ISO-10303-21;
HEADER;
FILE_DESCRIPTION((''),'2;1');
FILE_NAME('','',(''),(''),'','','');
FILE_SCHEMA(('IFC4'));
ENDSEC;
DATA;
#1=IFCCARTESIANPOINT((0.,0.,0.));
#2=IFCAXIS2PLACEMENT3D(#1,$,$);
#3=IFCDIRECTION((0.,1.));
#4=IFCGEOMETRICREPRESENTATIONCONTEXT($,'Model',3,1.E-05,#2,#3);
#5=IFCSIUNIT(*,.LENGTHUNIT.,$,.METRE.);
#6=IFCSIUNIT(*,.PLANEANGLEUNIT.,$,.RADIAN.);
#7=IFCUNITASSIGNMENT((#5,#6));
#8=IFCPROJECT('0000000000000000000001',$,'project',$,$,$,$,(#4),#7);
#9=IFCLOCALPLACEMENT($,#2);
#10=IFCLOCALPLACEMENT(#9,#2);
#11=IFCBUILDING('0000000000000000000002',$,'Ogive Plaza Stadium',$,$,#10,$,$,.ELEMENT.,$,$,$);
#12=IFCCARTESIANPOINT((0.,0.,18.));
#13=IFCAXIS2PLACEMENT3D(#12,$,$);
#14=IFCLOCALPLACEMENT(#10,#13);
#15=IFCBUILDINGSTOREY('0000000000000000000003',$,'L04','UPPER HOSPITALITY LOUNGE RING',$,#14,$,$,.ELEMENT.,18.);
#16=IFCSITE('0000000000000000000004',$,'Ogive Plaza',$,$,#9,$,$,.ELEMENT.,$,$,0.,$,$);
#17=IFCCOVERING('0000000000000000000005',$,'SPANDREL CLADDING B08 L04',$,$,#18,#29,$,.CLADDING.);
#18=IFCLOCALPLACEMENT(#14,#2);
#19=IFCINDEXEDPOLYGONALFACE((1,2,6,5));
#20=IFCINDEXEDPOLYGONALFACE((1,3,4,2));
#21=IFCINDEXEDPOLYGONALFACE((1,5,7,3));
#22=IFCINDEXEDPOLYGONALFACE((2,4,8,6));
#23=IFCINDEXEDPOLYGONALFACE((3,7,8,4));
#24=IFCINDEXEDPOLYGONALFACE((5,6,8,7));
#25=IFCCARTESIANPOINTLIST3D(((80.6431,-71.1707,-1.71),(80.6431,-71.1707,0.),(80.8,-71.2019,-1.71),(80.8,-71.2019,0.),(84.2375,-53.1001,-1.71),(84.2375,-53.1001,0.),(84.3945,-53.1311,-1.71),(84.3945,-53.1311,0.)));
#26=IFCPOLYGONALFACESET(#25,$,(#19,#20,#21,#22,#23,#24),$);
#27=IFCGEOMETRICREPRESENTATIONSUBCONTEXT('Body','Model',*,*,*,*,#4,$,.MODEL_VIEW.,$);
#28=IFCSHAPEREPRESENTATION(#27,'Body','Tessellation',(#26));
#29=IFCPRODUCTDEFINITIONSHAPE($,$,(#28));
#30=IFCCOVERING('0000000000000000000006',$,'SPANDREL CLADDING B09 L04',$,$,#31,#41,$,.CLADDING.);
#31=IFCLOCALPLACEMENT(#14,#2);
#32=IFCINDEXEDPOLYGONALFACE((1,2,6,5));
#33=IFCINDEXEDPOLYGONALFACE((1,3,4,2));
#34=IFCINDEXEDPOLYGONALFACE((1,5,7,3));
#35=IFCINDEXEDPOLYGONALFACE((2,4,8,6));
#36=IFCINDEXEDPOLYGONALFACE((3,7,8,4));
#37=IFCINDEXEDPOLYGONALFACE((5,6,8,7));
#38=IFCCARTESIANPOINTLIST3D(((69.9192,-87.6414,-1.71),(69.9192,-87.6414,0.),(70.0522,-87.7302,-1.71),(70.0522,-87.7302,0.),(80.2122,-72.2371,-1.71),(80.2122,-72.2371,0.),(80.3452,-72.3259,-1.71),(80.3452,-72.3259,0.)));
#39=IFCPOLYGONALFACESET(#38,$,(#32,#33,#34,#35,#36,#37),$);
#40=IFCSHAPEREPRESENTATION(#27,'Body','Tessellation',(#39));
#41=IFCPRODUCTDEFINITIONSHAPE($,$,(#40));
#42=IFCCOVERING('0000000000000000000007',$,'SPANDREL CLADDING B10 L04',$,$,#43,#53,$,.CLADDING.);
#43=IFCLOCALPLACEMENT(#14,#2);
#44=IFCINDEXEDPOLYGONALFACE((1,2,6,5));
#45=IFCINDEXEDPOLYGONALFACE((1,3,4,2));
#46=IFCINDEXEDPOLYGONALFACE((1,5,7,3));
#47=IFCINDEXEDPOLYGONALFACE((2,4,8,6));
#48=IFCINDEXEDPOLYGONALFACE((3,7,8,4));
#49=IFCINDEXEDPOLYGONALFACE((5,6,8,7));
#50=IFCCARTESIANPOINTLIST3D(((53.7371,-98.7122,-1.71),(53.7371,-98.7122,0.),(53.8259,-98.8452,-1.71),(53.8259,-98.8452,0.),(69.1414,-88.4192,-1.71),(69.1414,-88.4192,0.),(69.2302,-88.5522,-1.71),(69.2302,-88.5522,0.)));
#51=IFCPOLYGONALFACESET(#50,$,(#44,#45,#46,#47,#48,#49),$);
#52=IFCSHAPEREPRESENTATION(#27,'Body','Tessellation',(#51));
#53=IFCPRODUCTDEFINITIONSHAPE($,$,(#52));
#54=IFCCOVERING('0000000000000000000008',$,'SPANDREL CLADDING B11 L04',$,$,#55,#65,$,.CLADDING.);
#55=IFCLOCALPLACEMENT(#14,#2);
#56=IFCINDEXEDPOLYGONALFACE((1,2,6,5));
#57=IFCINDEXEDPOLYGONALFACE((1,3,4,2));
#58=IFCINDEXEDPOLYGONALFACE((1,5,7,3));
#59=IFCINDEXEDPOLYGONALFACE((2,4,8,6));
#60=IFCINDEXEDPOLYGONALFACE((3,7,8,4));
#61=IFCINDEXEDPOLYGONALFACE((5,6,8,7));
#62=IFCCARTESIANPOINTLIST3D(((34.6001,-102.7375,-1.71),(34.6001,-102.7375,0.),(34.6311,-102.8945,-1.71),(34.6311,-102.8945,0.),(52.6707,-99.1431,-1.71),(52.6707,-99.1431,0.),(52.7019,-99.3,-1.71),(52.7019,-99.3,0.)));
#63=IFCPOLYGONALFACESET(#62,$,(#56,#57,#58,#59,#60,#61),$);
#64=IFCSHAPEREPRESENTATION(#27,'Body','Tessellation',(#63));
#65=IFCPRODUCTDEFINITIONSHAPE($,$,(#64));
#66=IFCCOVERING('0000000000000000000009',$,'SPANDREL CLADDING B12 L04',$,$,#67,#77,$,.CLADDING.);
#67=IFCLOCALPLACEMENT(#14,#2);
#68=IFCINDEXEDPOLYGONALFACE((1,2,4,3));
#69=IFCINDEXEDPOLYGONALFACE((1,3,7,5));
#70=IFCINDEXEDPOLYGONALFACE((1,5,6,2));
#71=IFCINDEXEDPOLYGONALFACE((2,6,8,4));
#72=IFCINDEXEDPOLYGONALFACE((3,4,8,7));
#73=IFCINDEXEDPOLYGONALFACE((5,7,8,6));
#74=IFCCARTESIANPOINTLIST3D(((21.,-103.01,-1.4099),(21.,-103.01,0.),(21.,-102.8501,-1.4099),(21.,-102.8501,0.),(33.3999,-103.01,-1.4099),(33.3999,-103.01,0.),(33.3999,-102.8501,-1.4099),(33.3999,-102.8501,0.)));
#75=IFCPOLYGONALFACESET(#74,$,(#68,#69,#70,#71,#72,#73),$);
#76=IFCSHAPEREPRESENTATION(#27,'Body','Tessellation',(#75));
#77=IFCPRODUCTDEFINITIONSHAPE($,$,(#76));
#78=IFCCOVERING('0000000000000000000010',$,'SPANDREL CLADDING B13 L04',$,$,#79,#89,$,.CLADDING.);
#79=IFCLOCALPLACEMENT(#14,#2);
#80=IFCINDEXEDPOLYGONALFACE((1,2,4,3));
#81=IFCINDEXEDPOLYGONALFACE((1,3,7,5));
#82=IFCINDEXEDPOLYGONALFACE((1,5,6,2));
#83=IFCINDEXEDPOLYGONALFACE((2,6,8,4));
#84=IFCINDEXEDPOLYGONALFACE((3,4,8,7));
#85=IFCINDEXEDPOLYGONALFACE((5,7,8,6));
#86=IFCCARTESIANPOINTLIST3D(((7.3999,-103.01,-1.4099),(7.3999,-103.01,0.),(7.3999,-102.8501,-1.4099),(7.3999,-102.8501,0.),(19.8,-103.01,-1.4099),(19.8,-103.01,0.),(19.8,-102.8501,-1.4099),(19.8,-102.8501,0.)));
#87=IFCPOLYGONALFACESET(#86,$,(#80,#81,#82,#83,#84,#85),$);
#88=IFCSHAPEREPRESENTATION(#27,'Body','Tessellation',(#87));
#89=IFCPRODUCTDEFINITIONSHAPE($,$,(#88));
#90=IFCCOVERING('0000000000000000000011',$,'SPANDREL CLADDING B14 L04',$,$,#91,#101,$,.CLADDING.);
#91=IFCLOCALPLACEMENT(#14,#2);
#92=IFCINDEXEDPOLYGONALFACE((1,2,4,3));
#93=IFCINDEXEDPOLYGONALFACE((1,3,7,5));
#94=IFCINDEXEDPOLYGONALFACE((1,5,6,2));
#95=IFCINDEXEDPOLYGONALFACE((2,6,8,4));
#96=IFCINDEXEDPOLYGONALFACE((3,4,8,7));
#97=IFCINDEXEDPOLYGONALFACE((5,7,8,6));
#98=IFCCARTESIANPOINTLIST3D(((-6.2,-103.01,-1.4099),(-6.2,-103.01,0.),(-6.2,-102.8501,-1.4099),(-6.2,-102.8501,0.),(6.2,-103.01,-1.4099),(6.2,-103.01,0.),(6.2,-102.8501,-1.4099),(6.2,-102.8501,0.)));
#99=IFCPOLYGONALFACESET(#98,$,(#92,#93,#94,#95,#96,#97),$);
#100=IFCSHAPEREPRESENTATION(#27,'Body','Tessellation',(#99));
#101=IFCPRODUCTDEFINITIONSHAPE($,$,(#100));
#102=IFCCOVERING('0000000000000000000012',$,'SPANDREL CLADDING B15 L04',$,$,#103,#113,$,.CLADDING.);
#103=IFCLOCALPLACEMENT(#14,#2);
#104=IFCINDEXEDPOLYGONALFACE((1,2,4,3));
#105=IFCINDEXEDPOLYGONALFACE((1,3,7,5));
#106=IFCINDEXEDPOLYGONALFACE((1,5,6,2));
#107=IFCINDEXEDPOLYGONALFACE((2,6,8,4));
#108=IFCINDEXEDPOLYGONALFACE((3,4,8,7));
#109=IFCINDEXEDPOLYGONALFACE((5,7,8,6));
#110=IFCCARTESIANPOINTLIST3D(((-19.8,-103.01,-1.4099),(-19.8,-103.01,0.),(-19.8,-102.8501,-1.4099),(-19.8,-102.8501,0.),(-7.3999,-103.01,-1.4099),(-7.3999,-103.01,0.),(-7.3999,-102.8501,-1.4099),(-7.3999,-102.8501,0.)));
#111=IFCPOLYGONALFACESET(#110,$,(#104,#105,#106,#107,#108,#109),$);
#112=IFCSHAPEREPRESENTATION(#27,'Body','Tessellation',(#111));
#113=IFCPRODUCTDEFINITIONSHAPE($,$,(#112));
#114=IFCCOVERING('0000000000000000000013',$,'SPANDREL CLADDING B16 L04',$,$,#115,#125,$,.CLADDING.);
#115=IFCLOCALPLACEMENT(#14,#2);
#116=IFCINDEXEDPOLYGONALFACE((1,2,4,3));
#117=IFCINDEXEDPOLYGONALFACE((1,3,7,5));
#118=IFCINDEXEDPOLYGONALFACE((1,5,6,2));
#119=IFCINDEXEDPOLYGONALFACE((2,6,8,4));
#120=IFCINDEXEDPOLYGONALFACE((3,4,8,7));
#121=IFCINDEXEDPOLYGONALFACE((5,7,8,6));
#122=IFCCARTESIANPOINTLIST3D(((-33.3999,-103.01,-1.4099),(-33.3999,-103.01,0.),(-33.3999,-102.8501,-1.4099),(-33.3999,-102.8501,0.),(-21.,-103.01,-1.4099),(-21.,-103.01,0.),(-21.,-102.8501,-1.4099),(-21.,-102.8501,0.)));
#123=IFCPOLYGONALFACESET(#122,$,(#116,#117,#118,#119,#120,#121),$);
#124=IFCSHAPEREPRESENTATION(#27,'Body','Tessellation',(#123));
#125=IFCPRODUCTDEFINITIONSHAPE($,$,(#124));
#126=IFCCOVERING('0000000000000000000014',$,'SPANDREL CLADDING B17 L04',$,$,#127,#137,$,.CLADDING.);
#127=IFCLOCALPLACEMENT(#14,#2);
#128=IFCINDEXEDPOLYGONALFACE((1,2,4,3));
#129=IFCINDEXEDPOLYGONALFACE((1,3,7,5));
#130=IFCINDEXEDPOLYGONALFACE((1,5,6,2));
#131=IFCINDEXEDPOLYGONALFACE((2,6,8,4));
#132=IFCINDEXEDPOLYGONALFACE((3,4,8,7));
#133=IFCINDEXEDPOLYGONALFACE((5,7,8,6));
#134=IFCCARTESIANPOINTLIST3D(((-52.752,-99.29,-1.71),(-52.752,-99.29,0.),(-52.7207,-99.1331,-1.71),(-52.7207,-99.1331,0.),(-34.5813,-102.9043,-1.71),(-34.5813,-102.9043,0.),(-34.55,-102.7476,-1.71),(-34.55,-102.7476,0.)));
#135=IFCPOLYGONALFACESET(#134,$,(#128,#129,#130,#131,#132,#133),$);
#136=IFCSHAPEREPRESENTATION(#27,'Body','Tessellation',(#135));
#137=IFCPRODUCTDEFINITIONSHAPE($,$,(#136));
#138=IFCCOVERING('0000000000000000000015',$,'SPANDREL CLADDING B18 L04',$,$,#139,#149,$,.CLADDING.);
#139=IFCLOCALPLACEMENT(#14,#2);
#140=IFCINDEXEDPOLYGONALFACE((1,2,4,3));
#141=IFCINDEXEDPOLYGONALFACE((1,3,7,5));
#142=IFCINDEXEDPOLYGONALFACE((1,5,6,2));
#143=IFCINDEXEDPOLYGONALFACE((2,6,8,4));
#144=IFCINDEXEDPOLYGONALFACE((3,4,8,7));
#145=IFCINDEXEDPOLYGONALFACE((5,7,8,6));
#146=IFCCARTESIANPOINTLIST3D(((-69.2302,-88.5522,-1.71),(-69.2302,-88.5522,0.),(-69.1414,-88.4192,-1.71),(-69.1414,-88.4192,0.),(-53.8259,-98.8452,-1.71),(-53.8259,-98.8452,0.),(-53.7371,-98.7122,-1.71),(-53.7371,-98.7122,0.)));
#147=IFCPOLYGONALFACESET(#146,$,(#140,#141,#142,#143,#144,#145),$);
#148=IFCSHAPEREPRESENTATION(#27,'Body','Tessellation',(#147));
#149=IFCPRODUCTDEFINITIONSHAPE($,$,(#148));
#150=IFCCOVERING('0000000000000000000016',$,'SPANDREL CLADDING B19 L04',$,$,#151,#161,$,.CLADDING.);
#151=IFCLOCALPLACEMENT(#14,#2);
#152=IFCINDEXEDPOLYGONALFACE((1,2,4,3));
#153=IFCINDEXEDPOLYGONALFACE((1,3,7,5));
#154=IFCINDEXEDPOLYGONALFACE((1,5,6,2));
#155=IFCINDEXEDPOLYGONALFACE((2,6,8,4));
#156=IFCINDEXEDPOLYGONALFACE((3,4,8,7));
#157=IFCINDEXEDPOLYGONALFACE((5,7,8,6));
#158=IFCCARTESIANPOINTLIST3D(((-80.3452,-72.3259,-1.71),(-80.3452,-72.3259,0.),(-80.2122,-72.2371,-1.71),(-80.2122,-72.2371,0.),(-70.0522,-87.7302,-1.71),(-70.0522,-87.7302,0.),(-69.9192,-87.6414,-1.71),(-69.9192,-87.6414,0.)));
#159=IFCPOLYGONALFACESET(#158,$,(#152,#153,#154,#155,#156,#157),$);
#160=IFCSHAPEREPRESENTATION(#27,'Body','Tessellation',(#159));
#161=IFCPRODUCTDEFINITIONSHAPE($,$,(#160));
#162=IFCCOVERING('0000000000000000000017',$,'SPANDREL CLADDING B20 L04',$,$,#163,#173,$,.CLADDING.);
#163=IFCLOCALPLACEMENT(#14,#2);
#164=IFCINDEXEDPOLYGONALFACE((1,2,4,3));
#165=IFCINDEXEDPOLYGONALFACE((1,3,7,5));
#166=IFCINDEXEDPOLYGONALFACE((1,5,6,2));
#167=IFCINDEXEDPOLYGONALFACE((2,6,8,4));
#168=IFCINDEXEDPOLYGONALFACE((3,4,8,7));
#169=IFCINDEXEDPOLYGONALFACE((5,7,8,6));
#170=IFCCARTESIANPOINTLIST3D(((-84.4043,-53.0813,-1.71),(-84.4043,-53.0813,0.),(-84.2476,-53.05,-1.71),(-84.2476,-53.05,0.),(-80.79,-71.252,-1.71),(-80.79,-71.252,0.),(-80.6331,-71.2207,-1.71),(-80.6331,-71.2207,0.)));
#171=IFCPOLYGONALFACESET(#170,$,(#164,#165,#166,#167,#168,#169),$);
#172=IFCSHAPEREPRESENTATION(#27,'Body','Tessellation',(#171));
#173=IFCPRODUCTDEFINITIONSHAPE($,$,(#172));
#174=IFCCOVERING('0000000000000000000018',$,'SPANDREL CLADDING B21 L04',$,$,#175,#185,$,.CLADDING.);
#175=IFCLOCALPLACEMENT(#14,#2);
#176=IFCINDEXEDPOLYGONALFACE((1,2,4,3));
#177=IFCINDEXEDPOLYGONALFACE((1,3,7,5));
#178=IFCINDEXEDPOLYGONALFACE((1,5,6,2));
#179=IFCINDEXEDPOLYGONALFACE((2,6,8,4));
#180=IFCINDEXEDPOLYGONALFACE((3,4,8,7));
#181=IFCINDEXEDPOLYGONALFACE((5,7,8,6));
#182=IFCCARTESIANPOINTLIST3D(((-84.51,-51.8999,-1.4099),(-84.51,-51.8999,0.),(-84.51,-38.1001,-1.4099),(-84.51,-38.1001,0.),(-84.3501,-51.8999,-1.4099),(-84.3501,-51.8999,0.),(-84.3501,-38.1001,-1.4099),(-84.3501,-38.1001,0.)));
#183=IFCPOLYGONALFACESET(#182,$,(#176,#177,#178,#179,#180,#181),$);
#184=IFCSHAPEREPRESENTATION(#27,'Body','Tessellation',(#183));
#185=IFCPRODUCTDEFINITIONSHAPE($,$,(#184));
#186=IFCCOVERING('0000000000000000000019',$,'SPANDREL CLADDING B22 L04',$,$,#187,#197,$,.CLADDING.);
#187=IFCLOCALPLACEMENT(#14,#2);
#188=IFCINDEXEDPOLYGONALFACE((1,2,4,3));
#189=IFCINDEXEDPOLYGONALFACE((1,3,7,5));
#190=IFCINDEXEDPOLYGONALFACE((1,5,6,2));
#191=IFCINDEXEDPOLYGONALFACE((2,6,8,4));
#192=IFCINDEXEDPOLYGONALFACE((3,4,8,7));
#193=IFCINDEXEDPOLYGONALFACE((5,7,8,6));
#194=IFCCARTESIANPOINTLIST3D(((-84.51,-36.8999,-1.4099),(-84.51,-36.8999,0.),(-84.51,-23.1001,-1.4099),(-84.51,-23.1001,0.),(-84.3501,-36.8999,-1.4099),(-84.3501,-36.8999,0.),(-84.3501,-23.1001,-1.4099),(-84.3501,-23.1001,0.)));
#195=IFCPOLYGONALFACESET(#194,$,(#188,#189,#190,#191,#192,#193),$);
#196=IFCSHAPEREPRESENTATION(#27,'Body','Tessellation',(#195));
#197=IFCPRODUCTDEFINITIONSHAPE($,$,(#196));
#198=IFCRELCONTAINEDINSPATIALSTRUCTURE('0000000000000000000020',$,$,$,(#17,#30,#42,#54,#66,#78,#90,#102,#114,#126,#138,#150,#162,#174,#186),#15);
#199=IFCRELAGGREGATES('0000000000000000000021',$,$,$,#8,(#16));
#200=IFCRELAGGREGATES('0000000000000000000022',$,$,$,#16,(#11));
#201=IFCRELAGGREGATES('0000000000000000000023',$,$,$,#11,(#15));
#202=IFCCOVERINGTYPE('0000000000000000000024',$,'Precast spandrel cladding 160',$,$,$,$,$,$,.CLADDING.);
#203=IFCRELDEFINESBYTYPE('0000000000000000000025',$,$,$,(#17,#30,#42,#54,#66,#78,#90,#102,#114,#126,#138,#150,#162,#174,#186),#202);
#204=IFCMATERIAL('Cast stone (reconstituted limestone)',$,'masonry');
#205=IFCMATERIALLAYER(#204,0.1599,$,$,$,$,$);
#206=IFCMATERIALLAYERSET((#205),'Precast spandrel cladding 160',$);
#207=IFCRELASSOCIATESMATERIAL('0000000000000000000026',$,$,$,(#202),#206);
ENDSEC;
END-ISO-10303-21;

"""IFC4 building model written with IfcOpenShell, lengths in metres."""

from ifc_helpers import new_model, si_unit, direction, frame, origin, place, context, subcontext, project, spatial, polyline, outline, extrude, material, layer, layer_set, type_object, element, save


model = new_model("IFC4")

# Units and contexts
model_context = context("Model", 3, precision=1e-05, world=origin(), true_north=direction((0.0, 1.0)))
body_context = subcontext(model_context, "Body", "Model", "MODEL_VIEW")
ifc_project = project(units=[si_unit("LENGTHUNIT", "METRE"), si_unit("PLANEANGLEUNIT", "RADIAN")], contexts=[model_context])

# Site, building, storey
site_placement = place(None, origin())
site = spatial("IfcSite", under=ifc_project, at=site_placement, Name="Ogive Plaza", CompositionType="ELEMENT", RefElevation=0.0)
building_placement = place(site_placement, origin())
building = spatial("IfcBuilding", under=site, at=building_placement, Name="Ogive Plaza Stadium", CompositionType="ELEMENT")
storey_placement = place(building_placement, frame((0.0, 0.0, 18.0)))
storey = spatial("IfcBuildingStorey", under=building, at=storey_placement, Name="L04", Description="UPPER HOSPITALITY LOUNGE RING", CompositionType="ELEMENT", Elevation=18.0)

# Coverings
ifc_material_1 = material(Name="Cast stone (reconstituted limestone)", Category="masonry")
ifc_layer_1 = layer(ifc_material_1, 0.1599)
ifc_layer_set_1 = layer_set([ifc_layer_1], Name="Precast spandrel cladding 160")
covering_type = type_object("IfcCoveringType", Name="Precast spandrel cladding 160", PredefinedType="CLADDING", material=ifc_layer_set_1)
covering_1_placement = place(storey_placement, frame((0.0, 0.0, -1.71)))
element("IfcCovering", 1, at=covering_1_placement, inside=storey, type_object=covering_type, Name="SPANDREL CLADDING B08 L04", PredefinedType="CLADDING", context=body_context, shape_type="SweptSolid", body=[
    extrude(outline(polyline([(84.2375, -53.1001), (80.6431, -71.1707), (80.8, -71.2019), (84.3945, -53.1311), (84.2375, -53.1001)])), origin(), (0.0, 0.0, 1.0), 1.71),
])
covering_2_placement = place(storey_placement, frame((0.0, 0.0, -1.71)))
element("IfcCovering", 2, at=covering_2_placement, inside=storey, type_object=covering_type, Name="SPANDREL CLADDING B09 L04", PredefinedType="CLADDING", context=body_context, shape_type="SweptSolid", body=[
    extrude(outline(polyline([(80.2122, -72.2371), (69.9192, -87.6414), (70.0522, -87.7302), (80.3452, -72.3259), (80.2122, -72.2371)])), origin(), (0.0, 0.0, 1.0), 1.71),
])
covering_3_placement = place(storey_placement, frame((0.0, 0.0, -1.71)))
element("IfcCovering", 3, at=covering_3_placement, inside=storey, type_object=covering_type, Name="SPANDREL CLADDING B10 L04", PredefinedType="CLADDING", context=body_context, shape_type="SweptSolid", body=[
    extrude(outline(polyline([(69.1414, -88.4192), (53.7371, -98.7122), (53.8259, -98.8452), (69.2302, -88.5522), (69.1414, -88.4192)])), origin(), (0.0, 0.0, 1.0), 1.71),
])
covering_4_placement = place(storey_placement, frame((0.0, 0.0, -1.71)))
element("IfcCovering", 4, at=covering_4_placement, inside=storey, type_object=covering_type, Name="SPANDREL CLADDING B11 L04", PredefinedType="CLADDING", context=body_context, shape_type="SweptSolid", body=[
    extrude(outline(polyline([(52.6707, -99.1431), (34.6001, -102.7375), (34.6311, -102.8945), (52.7019, -99.3), (52.6707, -99.1431)])), origin(), (0.0, 0.0, 1.0), 1.71),
])
covering_5_placement = place(storey_placement, frame((0.0, 0.0, -1.4099)))
element("IfcCovering", 5, at=covering_5_placement, inside=storey, type_object=covering_type, Name="SPANDREL CLADDING B12 L04", PredefinedType="CLADDING", context=body_context, shape_type="SweptSolid", body=[
    extrude(outline(polyline([(33.3999, -102.8501), (21.0, -102.8501), (21.0, -103.01), (33.3999, -103.01), (33.3999, -102.8501)])), origin(), (0.0, 0.0, 1.0), 1.4099),
])
covering_6_placement = place(storey_placement, frame((0.0, 0.0, -1.4099)))
element("IfcCovering", 6, at=covering_6_placement, inside=storey, type_object=covering_type, Name="SPANDREL CLADDING B13 L04", PredefinedType="CLADDING", context=body_context, shape_type="SweptSolid", body=[
    extrude(outline(polyline([(19.8, -102.8501), (7.3999, -102.8501), (7.3999, -103.01), (19.8, -103.01), (19.8, -102.8501)])), origin(), (0.0, 0.0, 1.0), 1.4099),
])
covering_7_placement = place(storey_placement, frame((0.0, 0.0, -1.4099)))
element("IfcCovering", 7, at=covering_7_placement, inside=storey, type_object=covering_type, Name="SPANDREL CLADDING B14 L04", PredefinedType="CLADDING", context=body_context, shape_type="SweptSolid", body=[
    extrude(outline(polyline([(6.2, -102.8501), (-6.2, -102.8501), (-6.2, -103.01), (6.2, -103.01), (6.2, -102.8501)])), origin(), (0.0, 0.0, 1.0), 1.4099),
])
covering_8_placement = place(storey_placement, frame((0.0, 0.0, -1.4099)))
element("IfcCovering", 8, at=covering_8_placement, inside=storey, type_object=covering_type, Name="SPANDREL CLADDING B15 L04", PredefinedType="CLADDING", context=body_context, shape_type="SweptSolid", body=[
    extrude(outline(polyline([(-7.3999, -102.8501), (-19.8, -102.8501), (-19.8, -103.01), (-7.3999, -103.01), (-7.3999, -102.8501)])), origin(), (0.0, 0.0, 1.0), 1.4099),
])
covering_9_placement = place(storey_placement, frame((0.0, 0.0, -1.4099)))
element("IfcCovering", 9, at=covering_9_placement, inside=storey, type_object=covering_type, Name="SPANDREL CLADDING B16 L04", PredefinedType="CLADDING", context=body_context, shape_type="SweptSolid", body=[
    extrude(outline(polyline([(-21.0, -102.8501), (-33.3999, -102.8501), (-33.3999, -103.01), (-21.0, -103.01), (-21.0, -102.8501)])), origin(), (0.0, 0.0, 1.0), 1.4099),
])
covering_10_placement = place(storey_placement, frame((0.0, 0.0, -1.71)))
element("IfcCovering", 10, at=covering_10_placement, inside=storey, type_object=covering_type, Name="SPANDREL CLADDING B17 L04", PredefinedType="CLADDING", context=body_context, shape_type="SweptSolid", body=[
    extrude(outline(polyline([(-34.55, -102.7476), (-52.7207, -99.1331), (-52.752, -99.29), (-34.5813, -102.9043), (-34.55, -102.7476)])), origin(), (0.0, 0.0, 1.0), 1.71),
])
covering_11_placement = place(storey_placement, frame((0.0, 0.0, -1.71)))
element("IfcCovering", 11, at=covering_11_placement, inside=storey, type_object=covering_type, Name="SPANDREL CLADDING B18 L04", PredefinedType="CLADDING", context=body_context, shape_type="SweptSolid", body=[
    extrude(outline(polyline([(-53.7371, -98.7122), (-69.1414, -88.4192), (-69.2302, -88.5522), (-53.8259, -98.8452), (-53.7371, -98.7122)])), origin(), (0.0, 0.0, 1.0), 1.71),
])
covering_12_placement = place(storey_placement, frame((0.0, 0.0, -1.71)))
element("IfcCovering", 12, at=covering_12_placement, inside=storey, type_object=covering_type, Name="SPANDREL CLADDING B19 L04", PredefinedType="CLADDING", context=body_context, shape_type="SweptSolid", body=[
    extrude(outline(polyline([(-69.9192, -87.6414), (-80.2122, -72.2371), (-80.3452, -72.3259), (-70.0522, -87.7302), (-69.9192, -87.6414)])), origin(), (0.0, 0.0, 1.0), 1.71),
])
covering_13_placement = place(storey_placement, frame((0.0, 0.0, -1.71)))
element("IfcCovering", 13, at=covering_13_placement, inside=storey, type_object=covering_type, Name="SPANDREL CLADDING B20 L04", PredefinedType="CLADDING", context=body_context, shape_type="SweptSolid", body=[
    extrude(outline(polyline([(-80.6331, -71.2207), (-84.2476, -53.05), (-84.4043, -53.0813), (-80.79, -71.252), (-80.6331, -71.2207)])), origin(), (0.0, 0.0, 1.0), 1.71),
])
covering_14_placement = place(storey_placement, frame((0.0, 0.0, -1.4099)))
element("IfcCovering", 14, at=covering_14_placement, inside=storey, type_object=covering_type, Name="SPANDREL CLADDING B21 L04", PredefinedType="CLADDING", context=body_context, shape_type="SweptSolid", body=[
    extrude(outline(polyline([(-84.3501, -51.8999), (-84.3501, -38.1001), (-84.51, -38.1001), (-84.51, -51.8999), (-84.3501, -51.8999)])), origin(), (0.0, 0.0, 1.0), 1.4099),
])
covering_15_placement = place(storey_placement, frame((0.0, 0.0, -1.4099)))
element("IfcCovering", 15, at=covering_15_placement, inside=storey, type_object=covering_type, Name="SPANDREL CLADDING B22 L04", PredefinedType="CLADDING", context=body_context, shape_type="SweptSolid", body=[
    extrude(outline(polyline([(-84.3501, -36.8999), (-84.3501, -23.1001), (-84.51, -23.1001), (-84.51, -36.8999), (-84.3501, -36.8999)])), origin(), (0.0, 0.0, 1.0), 1.4099),
])

save(model, "model.ifc")
